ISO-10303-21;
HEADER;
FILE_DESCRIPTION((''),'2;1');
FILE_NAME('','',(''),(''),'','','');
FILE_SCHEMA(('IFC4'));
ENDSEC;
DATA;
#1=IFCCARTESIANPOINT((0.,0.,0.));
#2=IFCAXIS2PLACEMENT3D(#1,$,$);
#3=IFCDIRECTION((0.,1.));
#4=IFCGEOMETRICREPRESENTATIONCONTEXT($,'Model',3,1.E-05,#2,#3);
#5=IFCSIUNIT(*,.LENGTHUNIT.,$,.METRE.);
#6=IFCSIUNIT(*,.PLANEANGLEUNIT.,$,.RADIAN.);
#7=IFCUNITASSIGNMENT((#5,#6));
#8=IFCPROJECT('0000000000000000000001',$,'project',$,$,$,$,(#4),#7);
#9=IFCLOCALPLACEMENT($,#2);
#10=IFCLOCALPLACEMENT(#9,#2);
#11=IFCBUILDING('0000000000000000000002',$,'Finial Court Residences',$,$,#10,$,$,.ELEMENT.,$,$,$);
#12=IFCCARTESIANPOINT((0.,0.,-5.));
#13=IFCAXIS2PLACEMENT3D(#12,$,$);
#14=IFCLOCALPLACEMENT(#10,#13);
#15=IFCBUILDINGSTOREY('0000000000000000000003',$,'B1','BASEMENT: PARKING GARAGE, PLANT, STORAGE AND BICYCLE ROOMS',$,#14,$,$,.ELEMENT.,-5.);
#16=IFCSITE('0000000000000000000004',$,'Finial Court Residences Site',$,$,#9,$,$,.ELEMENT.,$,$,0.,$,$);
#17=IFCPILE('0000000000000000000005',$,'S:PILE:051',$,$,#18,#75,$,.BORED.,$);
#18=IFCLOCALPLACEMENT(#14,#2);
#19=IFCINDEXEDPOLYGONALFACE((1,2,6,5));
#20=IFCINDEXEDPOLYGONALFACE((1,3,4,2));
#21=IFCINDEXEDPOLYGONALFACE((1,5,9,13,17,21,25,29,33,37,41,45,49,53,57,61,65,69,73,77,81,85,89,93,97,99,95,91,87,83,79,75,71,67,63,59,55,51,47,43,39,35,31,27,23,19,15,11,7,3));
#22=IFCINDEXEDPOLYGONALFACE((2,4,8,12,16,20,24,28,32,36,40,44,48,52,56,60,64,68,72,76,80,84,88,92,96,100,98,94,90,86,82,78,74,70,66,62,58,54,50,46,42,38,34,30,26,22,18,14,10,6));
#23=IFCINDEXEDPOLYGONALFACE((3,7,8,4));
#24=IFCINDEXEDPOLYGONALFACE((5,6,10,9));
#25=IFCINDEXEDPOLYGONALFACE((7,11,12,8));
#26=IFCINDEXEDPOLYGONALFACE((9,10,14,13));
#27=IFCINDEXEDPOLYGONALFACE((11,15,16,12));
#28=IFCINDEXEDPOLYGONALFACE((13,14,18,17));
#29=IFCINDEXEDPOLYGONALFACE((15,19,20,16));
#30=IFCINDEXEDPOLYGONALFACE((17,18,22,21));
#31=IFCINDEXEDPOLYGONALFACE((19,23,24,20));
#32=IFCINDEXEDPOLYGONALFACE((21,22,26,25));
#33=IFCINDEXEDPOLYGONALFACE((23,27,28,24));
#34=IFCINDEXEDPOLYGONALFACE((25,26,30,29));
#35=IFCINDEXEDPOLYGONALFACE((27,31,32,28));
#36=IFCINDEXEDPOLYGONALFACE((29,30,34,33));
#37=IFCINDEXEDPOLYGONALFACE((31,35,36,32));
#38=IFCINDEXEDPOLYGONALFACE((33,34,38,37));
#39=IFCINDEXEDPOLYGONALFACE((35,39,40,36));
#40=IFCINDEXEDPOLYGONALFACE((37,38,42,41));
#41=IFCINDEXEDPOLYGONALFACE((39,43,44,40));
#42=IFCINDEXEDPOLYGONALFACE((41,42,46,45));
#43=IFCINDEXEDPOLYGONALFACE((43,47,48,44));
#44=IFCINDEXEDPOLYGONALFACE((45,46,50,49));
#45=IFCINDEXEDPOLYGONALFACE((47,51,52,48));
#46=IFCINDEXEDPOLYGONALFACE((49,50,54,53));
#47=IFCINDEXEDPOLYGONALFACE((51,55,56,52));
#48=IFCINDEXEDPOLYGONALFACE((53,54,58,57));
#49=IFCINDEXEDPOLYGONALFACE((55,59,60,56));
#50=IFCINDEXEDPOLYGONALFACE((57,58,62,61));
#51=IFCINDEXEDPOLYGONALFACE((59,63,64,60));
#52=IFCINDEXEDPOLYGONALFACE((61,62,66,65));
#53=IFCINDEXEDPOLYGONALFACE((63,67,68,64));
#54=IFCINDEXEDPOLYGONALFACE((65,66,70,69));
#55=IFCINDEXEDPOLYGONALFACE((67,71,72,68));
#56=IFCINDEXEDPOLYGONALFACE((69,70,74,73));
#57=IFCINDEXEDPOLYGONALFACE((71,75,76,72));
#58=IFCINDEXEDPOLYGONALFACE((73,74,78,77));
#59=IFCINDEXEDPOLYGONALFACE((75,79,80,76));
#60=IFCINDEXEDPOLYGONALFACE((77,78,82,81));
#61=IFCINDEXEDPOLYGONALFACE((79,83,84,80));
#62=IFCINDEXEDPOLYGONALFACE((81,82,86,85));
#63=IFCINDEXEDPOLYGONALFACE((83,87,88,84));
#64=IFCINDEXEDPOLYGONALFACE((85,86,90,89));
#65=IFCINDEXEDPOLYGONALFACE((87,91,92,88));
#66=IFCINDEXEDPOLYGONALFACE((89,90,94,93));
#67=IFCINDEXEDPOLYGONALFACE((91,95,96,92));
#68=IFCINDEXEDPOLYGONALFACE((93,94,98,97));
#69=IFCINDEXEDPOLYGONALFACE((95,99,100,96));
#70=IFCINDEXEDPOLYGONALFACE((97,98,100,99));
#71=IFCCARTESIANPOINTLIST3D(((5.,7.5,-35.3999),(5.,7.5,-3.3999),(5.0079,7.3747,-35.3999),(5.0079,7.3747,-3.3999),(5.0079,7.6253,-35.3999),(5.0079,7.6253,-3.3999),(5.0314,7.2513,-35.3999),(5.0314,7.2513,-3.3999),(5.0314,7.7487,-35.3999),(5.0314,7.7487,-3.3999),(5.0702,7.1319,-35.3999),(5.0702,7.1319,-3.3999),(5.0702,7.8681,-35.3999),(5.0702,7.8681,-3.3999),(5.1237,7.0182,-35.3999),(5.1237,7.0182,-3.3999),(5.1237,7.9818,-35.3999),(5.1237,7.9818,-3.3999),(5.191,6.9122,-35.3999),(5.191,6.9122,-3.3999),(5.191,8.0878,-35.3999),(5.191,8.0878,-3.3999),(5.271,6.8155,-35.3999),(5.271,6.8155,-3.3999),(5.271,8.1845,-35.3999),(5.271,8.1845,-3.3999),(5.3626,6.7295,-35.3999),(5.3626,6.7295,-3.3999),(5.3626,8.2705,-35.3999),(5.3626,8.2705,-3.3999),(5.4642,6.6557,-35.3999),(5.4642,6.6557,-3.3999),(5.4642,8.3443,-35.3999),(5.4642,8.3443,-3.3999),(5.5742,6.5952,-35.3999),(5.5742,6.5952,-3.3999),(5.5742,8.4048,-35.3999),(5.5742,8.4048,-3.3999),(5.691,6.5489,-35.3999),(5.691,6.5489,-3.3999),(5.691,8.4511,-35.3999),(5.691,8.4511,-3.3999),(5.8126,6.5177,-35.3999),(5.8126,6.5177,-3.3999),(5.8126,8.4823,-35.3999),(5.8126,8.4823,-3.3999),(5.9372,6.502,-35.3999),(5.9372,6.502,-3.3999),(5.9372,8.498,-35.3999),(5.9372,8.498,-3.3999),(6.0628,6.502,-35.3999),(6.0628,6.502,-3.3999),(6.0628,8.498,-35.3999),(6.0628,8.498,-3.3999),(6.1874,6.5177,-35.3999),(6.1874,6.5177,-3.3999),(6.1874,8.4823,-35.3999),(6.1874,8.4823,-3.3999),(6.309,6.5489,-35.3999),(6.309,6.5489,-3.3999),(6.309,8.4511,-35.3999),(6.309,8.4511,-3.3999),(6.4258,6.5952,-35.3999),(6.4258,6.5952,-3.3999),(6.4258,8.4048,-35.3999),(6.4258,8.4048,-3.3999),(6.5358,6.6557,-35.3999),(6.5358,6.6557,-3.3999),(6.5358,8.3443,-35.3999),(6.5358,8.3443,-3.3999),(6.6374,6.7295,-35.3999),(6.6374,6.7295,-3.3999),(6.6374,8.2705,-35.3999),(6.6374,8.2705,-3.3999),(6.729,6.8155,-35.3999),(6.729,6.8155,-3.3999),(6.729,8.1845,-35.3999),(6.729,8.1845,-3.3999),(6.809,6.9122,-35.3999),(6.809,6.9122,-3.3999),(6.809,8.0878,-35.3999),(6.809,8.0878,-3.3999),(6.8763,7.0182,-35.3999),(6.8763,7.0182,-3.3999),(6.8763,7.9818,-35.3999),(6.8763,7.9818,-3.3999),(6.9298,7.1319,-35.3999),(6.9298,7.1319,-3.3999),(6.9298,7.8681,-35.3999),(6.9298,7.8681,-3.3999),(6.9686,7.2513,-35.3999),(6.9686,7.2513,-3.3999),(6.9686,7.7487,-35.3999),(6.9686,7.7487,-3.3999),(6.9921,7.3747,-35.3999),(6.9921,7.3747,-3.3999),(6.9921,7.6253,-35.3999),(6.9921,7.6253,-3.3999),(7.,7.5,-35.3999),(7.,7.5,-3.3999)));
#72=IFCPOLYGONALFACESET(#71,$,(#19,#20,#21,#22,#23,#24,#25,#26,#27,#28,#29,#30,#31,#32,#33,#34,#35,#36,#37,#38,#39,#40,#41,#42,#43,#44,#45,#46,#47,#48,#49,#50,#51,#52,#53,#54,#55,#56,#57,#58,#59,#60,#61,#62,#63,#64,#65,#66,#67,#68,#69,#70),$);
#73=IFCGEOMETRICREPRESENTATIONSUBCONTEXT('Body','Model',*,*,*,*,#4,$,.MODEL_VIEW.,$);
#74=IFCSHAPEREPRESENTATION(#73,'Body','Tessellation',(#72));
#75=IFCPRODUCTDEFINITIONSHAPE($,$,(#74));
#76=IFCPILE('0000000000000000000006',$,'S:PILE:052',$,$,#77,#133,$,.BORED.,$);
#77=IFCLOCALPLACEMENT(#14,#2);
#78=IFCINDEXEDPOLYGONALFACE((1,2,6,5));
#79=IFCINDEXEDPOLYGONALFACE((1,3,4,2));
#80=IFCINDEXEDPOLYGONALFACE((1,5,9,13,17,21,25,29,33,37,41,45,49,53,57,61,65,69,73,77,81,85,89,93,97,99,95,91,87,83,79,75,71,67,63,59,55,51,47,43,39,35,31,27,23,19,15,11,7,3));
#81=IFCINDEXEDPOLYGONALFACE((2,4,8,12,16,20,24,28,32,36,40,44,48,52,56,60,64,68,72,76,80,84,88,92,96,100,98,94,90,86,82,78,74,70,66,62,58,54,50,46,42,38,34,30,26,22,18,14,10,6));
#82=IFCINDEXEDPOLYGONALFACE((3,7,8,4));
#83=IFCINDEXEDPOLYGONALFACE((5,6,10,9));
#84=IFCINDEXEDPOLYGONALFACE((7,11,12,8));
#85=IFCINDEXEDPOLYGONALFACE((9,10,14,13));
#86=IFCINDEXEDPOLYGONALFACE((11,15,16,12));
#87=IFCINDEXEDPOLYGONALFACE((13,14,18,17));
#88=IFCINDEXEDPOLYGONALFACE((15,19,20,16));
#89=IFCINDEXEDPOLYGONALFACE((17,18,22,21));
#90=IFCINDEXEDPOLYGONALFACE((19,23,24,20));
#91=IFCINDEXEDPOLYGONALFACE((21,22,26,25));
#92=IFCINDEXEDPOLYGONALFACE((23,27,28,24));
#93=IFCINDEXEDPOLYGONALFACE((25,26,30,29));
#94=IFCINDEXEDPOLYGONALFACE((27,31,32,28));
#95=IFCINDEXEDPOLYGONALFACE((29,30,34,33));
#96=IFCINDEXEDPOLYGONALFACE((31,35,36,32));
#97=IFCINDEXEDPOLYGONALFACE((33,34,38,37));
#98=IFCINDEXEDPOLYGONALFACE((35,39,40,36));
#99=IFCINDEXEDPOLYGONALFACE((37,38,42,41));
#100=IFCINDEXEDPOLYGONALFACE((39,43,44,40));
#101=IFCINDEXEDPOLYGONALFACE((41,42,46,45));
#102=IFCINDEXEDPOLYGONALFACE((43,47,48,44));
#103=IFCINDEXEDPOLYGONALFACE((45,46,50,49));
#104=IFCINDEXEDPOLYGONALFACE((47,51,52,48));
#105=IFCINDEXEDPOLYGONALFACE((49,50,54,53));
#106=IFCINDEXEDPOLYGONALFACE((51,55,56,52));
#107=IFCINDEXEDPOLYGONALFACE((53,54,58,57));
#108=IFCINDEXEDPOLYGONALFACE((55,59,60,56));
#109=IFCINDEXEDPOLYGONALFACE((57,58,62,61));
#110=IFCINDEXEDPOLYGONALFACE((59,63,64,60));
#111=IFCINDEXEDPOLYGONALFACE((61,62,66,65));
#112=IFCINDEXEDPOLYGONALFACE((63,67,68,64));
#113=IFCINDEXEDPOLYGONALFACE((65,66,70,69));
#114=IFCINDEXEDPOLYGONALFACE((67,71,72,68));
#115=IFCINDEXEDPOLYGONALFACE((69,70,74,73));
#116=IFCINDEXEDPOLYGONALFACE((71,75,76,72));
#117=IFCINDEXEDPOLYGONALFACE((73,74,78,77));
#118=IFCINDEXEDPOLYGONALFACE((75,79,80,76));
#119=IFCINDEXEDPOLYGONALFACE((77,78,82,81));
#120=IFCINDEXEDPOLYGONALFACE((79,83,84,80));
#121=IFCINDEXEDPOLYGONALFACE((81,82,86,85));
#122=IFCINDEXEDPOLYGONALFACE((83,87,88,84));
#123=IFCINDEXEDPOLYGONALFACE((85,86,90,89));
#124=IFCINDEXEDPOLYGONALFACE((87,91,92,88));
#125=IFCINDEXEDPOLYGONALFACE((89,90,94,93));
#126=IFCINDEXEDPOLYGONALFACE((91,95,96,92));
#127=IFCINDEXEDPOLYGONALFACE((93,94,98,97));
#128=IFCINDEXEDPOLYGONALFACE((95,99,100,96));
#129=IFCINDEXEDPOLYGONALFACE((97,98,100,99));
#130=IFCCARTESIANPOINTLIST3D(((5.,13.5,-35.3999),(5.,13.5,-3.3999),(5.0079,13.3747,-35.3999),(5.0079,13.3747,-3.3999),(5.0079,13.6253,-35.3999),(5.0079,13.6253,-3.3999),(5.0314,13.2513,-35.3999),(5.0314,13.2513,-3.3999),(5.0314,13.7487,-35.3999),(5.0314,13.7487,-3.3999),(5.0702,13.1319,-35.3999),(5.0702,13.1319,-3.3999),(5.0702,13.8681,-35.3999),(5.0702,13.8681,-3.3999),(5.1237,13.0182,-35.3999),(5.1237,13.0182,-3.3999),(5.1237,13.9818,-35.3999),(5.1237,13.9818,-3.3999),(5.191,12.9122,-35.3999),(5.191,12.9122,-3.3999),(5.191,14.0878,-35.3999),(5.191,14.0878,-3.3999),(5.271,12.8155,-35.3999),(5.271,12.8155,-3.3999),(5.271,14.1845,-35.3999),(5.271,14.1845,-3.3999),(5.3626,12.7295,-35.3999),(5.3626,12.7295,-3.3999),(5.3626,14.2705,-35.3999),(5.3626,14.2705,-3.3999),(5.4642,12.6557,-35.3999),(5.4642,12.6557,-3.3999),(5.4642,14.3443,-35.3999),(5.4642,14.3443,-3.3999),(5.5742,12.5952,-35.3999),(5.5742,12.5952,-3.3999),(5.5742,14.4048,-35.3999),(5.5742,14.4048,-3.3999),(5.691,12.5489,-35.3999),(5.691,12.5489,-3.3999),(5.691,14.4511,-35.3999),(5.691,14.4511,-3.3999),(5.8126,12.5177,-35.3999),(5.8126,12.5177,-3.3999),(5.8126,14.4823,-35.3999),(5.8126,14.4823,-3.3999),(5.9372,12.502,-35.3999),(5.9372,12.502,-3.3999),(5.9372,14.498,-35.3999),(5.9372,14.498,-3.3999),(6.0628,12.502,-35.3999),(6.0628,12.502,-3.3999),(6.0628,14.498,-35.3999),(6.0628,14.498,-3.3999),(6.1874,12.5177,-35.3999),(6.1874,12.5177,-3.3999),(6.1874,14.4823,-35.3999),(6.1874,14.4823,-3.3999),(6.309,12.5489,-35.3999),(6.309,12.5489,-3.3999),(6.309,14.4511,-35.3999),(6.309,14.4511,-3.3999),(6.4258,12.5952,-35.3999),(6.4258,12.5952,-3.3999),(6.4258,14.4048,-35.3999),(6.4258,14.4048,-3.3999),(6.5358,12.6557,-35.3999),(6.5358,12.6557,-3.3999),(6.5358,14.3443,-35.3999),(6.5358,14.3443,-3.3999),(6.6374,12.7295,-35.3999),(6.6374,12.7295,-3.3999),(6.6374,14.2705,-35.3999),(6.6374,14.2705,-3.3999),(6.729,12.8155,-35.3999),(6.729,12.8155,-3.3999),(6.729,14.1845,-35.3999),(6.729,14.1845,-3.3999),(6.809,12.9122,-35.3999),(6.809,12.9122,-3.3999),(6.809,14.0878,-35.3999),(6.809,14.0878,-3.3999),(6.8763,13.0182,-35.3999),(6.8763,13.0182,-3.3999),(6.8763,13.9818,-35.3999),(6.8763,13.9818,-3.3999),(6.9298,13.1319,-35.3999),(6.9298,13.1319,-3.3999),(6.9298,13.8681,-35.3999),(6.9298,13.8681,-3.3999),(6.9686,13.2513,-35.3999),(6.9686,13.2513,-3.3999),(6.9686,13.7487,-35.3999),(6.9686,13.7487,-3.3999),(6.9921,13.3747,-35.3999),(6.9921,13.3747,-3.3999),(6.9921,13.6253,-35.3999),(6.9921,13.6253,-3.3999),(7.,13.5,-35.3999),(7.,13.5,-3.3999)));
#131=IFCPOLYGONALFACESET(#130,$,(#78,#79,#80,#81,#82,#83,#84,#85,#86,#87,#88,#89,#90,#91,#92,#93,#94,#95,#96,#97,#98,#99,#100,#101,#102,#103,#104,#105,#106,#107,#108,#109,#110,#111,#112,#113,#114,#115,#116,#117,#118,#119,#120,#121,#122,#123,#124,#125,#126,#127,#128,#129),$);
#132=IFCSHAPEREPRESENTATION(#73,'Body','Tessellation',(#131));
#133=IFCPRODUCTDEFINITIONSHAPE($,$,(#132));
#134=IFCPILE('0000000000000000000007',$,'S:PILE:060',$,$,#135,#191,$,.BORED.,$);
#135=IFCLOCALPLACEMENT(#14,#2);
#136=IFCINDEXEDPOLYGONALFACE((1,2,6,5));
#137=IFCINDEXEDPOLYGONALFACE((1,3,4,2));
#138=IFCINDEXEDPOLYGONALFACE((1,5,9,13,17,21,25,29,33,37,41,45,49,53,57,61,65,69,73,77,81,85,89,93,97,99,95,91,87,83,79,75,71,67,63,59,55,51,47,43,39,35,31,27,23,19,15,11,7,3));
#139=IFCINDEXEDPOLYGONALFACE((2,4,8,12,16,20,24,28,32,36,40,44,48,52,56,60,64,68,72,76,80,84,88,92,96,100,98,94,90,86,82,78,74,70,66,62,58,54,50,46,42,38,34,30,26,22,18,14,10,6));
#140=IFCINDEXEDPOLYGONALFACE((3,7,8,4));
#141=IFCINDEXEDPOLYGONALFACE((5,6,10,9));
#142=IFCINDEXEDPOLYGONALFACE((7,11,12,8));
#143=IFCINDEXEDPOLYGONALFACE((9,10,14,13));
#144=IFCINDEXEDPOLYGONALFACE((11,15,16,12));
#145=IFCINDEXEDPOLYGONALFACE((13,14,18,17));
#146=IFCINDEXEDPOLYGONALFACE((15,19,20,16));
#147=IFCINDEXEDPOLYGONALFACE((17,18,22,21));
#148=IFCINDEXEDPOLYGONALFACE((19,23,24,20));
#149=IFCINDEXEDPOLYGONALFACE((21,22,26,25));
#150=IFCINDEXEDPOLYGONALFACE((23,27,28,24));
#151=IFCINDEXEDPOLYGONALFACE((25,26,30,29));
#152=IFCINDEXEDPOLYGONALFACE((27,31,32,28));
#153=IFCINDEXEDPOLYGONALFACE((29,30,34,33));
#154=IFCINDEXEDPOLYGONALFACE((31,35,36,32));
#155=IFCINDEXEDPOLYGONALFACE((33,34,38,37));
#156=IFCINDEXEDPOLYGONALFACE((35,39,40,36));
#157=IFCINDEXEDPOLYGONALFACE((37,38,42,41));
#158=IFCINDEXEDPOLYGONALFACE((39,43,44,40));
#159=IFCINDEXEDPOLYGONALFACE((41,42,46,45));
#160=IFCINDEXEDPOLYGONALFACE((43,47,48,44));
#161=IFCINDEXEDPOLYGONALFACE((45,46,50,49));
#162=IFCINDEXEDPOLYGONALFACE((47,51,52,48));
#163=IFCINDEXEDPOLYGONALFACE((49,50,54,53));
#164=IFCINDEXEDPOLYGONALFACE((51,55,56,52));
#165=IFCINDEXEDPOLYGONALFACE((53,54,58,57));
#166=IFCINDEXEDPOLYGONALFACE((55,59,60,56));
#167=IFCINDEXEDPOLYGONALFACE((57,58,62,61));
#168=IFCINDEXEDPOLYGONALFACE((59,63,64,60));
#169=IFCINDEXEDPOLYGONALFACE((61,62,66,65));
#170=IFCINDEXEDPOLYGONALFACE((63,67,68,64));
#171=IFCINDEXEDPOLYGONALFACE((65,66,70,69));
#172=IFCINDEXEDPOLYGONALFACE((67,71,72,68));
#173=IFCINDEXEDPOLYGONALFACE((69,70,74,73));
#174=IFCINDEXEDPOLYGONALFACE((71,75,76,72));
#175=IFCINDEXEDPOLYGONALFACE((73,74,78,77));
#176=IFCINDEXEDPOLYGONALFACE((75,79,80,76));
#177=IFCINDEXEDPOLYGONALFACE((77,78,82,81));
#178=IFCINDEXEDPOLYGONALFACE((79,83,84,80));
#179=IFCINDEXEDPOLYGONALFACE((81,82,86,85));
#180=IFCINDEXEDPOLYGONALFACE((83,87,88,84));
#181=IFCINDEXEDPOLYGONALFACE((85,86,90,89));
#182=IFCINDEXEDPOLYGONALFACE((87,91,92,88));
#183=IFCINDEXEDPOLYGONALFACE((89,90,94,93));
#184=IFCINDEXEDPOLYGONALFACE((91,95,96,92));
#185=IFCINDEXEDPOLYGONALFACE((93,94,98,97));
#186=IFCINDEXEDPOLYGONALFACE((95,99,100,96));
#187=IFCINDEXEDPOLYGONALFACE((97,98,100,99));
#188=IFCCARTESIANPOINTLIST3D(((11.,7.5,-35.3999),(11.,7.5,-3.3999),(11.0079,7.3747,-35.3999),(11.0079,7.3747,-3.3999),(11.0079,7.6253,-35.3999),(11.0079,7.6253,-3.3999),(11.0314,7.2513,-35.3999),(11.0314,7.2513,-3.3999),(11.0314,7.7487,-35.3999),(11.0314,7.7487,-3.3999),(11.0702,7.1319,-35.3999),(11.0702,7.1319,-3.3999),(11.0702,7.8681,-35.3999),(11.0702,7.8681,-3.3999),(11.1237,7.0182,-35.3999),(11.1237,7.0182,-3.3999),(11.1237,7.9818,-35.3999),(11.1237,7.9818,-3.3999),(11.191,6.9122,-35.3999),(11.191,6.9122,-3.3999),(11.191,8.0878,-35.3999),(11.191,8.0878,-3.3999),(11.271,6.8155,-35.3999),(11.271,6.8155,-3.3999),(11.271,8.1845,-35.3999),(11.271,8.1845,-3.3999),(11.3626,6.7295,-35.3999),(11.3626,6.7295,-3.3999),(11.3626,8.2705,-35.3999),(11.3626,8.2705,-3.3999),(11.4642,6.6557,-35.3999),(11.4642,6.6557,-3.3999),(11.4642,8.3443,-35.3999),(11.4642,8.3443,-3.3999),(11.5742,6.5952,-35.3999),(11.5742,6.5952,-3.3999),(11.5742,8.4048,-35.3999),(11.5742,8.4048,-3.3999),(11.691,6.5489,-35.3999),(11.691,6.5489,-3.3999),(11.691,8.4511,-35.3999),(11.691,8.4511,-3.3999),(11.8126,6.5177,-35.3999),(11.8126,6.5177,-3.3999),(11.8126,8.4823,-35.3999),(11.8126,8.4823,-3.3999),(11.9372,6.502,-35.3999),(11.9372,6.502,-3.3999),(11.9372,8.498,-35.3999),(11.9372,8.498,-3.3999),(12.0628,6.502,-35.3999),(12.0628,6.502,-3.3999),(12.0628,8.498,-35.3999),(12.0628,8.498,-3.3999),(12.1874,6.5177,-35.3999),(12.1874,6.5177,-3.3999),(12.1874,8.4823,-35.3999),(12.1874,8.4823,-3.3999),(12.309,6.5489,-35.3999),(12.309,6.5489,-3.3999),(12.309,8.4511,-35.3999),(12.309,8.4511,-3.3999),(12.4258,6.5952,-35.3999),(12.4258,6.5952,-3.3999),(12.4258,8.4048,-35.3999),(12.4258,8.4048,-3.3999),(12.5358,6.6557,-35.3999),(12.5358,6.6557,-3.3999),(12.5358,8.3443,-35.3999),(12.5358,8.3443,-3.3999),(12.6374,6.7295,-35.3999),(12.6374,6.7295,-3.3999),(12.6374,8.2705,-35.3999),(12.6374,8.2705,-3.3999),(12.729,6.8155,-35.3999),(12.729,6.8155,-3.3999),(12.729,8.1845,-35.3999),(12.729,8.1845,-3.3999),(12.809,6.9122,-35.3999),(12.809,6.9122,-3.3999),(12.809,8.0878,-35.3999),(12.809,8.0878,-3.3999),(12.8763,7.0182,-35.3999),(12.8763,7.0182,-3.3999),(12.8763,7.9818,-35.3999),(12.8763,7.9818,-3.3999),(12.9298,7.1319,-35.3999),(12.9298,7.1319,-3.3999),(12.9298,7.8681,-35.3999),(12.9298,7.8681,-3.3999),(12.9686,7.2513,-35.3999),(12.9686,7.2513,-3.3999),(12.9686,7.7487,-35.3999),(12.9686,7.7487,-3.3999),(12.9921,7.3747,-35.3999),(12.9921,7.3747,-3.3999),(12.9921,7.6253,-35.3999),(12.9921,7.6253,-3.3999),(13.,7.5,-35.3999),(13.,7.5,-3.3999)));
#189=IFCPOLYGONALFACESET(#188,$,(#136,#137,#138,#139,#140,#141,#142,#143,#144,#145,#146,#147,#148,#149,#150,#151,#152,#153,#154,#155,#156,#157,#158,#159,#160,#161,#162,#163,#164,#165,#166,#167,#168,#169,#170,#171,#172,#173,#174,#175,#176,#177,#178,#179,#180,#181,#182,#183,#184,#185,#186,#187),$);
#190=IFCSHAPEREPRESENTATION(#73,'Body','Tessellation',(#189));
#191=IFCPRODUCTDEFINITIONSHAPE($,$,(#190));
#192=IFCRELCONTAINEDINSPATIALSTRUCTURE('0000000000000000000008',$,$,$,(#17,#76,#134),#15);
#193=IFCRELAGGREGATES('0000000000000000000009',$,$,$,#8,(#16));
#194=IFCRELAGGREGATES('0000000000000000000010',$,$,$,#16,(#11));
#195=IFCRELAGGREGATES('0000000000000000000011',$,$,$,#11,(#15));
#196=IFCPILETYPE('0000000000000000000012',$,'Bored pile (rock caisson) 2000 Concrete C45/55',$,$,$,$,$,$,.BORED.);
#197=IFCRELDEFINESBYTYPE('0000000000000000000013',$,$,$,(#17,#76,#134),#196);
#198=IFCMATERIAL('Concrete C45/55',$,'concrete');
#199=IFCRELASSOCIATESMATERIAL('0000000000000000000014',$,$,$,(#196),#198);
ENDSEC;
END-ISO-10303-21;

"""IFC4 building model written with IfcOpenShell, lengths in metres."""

from ifc_helpers import new_model, si_unit, direction, frame, origin, origin_2d, place, context, subcontext, project, spatial, circle, extrude, material, material_profile, profile_set, type_object, element, save


model = new_model("IFC4")

# Units and contexts
model_context = context("Model", 3, precision=1e-05, world=origin(), true_north=direction((0.0, 1.0)))
body_context = subcontext(model_context, "Body", "Model", "MODEL_VIEW")
ifc_project = project(units=[si_unit("LENGTHUNIT", "METRE"), si_unit("PLANEANGLEUNIT", "RADIAN")], contexts=[model_context])

# Site, building, storey
site_placement = place(None, origin())
site = spatial("IfcSite", under=ifc_project, at=site_placement, Name="Finial Court Residences Site", CompositionType="ELEMENT", RefElevation=0.0)
building_placement = place(site_placement, origin())
building = spatial("IfcBuilding", under=site, at=building_placement, Name="Finial Court Residences", CompositionType="ELEMENT")
storey_placement = place(building_placement, frame((0.0, 0.0, -5.0)))
storey = spatial("IfcBuildingStorey", under=building, at=storey_placement, Name="B1", Description="BASEMENT: PARKING GARAGE, PLANT, STORAGE AND BICYCLE ROOMS", CompositionType="ELEMENT", Elevation=-5.0)

# Piles
ifc_material_1 = material(Name="Concrete C45/55", Category="concrete")
ifc_material_profile_1 = material_profile(ifc_material_1, circle(Radius=1.0, at=origin_2d()), Name="D2000")
ifc_profile_set_1 = profile_set([ifc_material_profile_1], Name="Concrete C45/55")
pile_type = type_object("IfcPileType", Name="Bored pile (rock caisson) 2000 Concrete C45/55", PredefinedType="BORED", material=ifc_profile_set_1)
for number, where, z_axis, x_axis, name in (
    (1, (6.0, 7.5, -3.3999), (0.0, 0.0, -1.0), (1.0, 0.0, 0.0), "S:PILE:051"),
    (2, (6.0, 13.5, -3.3999), (0.0, 0.0, -1.0), (1.0, 0.0, 0.0), "S:PILE:052"),
    (3, (12.0, 7.5, -3.3999), (0.0, 0.0, -1.0), (1.0, 0.0, 0.0), "S:PILE:060"),
):
    element("IfcPile", number, at=place(storey_placement, frame(where, z_axis=z_axis, x_axis=x_axis)), inside=storey, type_object=pile_type, Name=name, PredefinedType="BORED", context=body_context, shape_type="SweptSolid", body=[
        extrude(circle(Radius=1.0, at=origin_2d()), origin(), (0.0, 0.0, 1.0), 32.0),
    ])

save(model, "model.ifc")
